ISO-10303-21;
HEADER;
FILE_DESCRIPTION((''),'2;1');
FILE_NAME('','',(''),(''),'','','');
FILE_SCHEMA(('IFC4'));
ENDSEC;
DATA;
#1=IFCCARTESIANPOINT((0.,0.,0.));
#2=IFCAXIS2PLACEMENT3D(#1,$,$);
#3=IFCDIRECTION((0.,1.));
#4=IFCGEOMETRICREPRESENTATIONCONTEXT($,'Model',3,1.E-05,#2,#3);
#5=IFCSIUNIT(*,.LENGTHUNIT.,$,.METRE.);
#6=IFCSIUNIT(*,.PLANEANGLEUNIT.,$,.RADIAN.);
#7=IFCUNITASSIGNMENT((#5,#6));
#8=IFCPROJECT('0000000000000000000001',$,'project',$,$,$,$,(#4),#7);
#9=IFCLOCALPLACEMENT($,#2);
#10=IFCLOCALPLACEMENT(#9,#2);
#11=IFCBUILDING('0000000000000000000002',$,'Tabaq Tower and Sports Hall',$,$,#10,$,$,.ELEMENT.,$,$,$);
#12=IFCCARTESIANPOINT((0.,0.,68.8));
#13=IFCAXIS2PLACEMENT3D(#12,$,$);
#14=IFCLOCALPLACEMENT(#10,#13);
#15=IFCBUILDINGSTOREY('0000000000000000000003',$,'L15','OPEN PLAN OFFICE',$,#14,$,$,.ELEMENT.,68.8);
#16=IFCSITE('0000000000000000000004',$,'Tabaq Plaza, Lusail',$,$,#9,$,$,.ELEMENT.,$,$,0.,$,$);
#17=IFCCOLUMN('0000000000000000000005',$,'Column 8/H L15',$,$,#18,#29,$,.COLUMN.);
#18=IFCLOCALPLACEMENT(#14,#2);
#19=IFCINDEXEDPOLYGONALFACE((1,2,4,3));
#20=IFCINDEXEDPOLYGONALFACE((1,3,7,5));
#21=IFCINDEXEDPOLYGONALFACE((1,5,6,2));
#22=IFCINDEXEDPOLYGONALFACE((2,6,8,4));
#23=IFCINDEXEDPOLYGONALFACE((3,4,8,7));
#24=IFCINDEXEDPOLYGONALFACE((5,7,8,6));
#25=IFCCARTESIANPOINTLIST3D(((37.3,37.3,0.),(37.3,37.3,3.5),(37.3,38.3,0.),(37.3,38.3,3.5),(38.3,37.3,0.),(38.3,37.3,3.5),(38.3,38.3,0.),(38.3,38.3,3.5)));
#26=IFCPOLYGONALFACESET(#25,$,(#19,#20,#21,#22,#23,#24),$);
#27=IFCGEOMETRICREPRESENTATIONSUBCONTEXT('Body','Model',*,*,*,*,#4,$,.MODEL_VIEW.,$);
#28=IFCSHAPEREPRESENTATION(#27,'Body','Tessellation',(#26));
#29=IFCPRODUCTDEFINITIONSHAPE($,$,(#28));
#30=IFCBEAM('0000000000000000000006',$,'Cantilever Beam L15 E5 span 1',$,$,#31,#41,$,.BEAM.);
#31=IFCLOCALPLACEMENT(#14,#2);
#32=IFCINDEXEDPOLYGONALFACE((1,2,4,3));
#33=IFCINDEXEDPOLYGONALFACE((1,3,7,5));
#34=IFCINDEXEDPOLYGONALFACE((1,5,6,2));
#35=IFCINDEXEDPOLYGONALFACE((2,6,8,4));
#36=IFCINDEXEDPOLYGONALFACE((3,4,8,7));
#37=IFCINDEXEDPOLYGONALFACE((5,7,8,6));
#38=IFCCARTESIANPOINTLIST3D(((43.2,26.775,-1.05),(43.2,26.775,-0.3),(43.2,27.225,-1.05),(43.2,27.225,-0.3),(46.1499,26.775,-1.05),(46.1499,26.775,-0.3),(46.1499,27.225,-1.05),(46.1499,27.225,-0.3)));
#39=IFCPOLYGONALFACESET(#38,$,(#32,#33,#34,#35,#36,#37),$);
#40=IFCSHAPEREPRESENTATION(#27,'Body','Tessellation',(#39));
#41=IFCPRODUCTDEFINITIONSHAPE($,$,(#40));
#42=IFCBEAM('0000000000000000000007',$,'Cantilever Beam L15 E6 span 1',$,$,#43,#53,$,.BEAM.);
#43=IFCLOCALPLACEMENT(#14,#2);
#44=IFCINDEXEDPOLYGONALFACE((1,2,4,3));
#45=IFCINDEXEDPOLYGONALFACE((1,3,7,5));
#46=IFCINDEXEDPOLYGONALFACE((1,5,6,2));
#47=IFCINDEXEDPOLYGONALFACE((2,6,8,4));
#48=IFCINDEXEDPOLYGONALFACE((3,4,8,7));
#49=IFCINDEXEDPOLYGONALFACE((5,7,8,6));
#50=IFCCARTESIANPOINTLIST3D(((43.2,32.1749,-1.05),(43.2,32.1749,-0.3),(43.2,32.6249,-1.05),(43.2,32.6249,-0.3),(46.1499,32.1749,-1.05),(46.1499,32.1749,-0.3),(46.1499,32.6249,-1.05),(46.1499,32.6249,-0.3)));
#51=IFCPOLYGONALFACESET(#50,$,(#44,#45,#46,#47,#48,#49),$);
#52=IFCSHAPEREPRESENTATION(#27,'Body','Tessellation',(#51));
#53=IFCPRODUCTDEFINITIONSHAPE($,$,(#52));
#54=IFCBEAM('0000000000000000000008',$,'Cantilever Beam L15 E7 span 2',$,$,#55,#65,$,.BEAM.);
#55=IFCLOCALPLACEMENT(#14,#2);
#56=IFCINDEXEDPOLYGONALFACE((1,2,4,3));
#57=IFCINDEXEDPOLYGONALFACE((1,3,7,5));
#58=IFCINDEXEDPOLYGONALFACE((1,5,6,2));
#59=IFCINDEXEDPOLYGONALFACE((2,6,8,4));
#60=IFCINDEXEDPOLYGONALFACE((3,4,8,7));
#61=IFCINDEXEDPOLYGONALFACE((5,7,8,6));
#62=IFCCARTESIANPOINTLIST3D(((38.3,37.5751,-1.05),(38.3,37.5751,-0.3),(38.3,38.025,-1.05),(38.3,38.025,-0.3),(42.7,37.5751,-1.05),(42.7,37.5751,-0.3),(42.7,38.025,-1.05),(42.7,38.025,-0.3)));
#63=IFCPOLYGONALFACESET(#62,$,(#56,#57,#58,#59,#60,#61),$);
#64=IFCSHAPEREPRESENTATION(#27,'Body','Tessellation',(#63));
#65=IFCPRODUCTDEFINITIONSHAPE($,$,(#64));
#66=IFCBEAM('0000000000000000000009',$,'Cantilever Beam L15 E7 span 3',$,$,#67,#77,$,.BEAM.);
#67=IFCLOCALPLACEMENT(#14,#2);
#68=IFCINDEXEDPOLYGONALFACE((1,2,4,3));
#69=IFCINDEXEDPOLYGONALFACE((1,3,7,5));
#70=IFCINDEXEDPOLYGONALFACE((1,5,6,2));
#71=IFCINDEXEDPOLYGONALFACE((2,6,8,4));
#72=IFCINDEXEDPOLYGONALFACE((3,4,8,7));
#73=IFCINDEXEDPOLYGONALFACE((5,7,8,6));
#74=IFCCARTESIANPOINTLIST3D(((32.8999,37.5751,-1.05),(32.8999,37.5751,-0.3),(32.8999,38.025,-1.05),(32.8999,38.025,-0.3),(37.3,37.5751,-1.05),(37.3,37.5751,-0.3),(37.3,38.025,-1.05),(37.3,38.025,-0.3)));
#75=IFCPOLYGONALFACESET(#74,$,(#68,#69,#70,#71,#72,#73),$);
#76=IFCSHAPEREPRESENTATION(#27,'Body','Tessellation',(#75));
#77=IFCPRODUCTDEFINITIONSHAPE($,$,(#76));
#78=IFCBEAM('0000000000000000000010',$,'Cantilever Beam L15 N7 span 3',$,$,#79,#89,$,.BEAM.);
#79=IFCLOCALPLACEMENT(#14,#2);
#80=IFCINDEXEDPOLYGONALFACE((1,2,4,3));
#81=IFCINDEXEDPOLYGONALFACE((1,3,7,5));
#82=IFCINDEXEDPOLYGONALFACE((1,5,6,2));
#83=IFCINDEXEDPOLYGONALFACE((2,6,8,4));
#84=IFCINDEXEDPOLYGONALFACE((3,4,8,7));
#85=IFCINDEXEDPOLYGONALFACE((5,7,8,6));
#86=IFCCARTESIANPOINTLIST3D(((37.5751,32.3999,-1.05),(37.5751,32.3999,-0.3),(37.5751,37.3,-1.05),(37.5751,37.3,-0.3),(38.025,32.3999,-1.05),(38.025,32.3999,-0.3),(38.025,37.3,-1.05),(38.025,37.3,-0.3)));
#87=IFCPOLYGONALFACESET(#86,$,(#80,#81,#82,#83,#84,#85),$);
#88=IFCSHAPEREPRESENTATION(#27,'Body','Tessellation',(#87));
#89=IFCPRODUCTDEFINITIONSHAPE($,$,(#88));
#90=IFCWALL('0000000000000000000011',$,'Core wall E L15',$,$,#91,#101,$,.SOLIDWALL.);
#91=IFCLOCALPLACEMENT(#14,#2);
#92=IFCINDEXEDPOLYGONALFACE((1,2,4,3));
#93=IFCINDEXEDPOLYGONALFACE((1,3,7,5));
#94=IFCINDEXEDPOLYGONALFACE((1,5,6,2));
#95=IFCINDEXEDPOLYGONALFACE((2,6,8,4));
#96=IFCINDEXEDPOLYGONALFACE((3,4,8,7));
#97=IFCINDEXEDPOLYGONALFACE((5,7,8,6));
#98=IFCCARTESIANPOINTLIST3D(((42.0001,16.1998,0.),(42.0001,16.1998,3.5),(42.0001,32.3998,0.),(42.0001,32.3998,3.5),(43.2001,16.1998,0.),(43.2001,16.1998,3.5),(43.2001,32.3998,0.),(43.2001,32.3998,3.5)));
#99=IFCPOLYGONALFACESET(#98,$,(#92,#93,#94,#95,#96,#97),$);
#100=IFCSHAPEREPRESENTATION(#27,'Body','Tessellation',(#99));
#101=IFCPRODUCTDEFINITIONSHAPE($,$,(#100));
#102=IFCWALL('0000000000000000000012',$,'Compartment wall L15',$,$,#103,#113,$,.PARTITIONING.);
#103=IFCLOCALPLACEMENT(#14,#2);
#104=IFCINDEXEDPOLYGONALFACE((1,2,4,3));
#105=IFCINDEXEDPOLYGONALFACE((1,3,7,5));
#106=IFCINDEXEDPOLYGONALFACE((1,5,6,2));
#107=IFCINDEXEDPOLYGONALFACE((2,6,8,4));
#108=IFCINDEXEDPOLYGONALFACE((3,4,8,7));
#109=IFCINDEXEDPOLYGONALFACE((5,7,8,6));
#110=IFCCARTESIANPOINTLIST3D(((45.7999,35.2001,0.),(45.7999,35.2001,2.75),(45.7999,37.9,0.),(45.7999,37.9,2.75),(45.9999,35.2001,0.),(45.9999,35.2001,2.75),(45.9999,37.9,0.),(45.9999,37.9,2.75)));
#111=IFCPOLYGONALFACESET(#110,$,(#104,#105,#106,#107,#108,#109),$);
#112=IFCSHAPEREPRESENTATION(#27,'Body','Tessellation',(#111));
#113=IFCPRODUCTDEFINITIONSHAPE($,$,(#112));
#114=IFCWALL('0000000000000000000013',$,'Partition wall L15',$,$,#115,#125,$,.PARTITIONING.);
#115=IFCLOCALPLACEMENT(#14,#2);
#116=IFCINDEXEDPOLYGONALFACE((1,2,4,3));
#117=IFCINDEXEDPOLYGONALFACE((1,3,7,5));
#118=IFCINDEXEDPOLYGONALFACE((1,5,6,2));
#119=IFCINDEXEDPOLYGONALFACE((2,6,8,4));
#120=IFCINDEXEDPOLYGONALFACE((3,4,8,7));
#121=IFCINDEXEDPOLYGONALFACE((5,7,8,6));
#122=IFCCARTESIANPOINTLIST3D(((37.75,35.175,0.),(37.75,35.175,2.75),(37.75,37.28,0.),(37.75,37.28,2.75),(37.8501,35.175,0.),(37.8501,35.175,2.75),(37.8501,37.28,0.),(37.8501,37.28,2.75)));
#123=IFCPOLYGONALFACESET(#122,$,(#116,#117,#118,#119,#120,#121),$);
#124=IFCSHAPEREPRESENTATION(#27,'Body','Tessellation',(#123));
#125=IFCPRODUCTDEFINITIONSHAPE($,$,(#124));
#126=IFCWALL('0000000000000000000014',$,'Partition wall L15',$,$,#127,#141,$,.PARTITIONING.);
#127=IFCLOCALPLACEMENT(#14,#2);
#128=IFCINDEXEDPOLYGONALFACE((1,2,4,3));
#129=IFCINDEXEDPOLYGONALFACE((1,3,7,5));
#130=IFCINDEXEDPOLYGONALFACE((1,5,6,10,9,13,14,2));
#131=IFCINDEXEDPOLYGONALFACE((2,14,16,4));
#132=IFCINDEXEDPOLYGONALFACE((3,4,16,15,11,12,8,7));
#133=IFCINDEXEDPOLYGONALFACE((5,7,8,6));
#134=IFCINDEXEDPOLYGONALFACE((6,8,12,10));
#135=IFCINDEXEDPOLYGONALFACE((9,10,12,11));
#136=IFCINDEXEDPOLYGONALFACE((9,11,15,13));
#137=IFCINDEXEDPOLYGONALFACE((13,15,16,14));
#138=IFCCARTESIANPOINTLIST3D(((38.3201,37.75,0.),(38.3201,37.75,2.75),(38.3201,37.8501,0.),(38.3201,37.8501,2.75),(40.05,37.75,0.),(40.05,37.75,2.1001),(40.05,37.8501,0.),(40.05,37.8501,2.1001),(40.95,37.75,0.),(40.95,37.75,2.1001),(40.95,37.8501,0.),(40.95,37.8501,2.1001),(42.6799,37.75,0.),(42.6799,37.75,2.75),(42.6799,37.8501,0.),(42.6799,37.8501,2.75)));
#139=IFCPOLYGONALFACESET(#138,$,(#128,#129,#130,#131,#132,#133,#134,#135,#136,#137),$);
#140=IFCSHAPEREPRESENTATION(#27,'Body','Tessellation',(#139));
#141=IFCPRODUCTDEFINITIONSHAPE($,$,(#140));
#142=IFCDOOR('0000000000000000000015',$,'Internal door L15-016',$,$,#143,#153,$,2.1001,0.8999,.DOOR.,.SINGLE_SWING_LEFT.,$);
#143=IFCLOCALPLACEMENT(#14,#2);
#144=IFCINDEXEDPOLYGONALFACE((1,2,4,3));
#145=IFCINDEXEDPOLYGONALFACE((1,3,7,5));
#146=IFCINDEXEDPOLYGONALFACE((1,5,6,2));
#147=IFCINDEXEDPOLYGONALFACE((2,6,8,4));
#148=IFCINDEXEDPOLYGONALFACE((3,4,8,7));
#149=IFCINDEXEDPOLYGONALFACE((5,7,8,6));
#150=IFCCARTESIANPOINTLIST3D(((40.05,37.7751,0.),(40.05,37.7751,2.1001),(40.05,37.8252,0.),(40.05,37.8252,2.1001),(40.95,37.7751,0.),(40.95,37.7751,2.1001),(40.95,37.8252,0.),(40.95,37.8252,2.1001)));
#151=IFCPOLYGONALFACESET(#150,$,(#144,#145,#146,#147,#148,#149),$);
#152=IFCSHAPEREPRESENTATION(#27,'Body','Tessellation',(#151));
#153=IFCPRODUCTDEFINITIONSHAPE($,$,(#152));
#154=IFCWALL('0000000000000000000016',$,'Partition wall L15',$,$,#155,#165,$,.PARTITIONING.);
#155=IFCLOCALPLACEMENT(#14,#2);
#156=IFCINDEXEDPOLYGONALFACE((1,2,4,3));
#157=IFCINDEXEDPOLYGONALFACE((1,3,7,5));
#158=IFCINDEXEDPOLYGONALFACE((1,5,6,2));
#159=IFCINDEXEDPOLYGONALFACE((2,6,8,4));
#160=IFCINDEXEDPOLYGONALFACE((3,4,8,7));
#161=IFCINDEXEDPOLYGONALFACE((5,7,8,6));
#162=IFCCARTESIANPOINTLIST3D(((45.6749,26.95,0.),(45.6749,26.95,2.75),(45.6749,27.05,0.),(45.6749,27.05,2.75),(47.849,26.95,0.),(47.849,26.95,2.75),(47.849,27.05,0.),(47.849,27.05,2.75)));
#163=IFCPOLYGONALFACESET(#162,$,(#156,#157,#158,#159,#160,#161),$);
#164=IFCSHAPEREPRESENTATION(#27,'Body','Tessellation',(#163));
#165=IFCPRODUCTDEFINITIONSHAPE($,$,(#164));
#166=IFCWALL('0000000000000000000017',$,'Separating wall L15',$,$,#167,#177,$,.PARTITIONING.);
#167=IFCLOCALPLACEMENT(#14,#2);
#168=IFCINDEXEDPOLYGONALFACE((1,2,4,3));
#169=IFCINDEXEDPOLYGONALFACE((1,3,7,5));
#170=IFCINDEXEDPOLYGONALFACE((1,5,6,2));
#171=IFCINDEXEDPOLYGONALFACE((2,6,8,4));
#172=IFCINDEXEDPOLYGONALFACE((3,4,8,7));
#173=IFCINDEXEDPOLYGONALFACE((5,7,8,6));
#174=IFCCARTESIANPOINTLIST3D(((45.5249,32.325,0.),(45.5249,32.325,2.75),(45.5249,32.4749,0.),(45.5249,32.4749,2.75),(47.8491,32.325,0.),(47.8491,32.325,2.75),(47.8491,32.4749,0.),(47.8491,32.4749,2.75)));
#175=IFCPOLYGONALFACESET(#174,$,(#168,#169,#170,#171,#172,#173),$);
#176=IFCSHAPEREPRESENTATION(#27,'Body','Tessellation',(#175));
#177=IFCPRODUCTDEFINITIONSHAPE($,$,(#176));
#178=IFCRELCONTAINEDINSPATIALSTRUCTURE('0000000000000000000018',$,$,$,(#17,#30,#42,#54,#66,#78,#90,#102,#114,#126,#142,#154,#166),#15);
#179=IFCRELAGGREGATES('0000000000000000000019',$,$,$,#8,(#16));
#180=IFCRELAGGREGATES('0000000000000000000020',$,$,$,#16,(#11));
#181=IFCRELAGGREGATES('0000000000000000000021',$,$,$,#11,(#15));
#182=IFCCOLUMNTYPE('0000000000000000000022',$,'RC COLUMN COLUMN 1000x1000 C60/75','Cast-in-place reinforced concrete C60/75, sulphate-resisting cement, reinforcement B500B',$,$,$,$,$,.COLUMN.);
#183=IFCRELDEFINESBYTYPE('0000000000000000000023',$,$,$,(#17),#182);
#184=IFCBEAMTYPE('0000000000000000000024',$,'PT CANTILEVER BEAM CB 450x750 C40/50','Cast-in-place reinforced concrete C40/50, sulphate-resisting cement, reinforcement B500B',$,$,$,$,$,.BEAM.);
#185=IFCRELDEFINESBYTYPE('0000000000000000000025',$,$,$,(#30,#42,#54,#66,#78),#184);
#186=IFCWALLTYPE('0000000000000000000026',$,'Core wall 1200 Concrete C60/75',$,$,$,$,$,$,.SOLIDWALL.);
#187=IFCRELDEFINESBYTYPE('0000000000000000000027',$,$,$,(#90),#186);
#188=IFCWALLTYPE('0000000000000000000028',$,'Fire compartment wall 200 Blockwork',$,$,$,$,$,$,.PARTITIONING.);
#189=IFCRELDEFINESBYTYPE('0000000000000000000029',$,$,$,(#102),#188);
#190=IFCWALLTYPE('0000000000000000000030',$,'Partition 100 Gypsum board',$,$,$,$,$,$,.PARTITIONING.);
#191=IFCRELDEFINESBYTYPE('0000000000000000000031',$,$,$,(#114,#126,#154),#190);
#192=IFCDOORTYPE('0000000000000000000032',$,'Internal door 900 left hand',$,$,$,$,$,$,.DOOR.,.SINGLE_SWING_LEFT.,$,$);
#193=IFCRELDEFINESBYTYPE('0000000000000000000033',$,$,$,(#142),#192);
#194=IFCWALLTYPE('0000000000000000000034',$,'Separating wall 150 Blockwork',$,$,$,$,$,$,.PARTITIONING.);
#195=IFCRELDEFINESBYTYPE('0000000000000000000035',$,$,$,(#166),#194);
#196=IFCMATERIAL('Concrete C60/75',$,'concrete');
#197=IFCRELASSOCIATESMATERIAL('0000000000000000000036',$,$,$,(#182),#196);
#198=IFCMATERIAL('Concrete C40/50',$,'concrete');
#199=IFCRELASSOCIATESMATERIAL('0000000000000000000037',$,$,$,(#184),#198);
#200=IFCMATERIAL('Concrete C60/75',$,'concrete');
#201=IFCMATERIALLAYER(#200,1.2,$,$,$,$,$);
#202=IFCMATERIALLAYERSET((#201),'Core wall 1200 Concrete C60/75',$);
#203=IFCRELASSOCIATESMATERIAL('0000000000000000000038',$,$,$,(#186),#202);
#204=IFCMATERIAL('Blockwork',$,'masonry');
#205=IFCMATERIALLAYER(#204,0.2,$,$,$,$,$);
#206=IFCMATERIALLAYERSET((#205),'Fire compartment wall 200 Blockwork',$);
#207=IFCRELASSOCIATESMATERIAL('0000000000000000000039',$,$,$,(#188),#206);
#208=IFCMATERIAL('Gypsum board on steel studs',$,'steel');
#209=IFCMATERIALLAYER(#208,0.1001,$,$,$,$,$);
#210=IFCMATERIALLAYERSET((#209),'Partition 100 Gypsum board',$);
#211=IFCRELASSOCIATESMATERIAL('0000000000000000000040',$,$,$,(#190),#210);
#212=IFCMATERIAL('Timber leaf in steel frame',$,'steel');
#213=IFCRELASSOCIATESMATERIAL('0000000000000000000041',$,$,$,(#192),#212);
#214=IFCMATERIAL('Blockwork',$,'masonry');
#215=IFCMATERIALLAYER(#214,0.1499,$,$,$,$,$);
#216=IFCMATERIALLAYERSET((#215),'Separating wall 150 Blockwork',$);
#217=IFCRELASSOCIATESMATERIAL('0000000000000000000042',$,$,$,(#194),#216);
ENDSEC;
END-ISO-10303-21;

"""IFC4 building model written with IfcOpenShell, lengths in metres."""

from ifc_helpers import new_model, si_unit, direction, frame, frame_2d, origin, origin_2d, place, context, subcontext, project, spatial, rectangle, extrude, material, layer, layer_set, material_profile, profile_set, type_object, element, fill, save


model = new_model("IFC4")

# Units and contexts
model_context = context("Model", 3, precision=1e-05, world=origin(), true_north=direction((0.0, 1.0)))
body_context = subcontext(model_context, "Body", "Model", "MODEL_VIEW")
ifc_project = project(units=[si_unit("LENGTHUNIT", "METRE"), si_unit("PLANEANGLEUNIT", "RADIAN")], contexts=[model_context])

# Site, building, storey
site_placement = place(None, origin())
site = spatial("IfcSite", under=ifc_project, at=site_placement, Name="Tabaq Plaza, Lusail", CompositionType="ELEMENT", RefElevation=0.0)
building_placement = place(site_placement, origin())
building = spatial("IfcBuilding", under=site, at=building_placement, Name="Tabaq Tower and Sports Hall", CompositionType="ELEMENT")
storey_placement = place(building_placement, frame((0.0, 0.0, 68.8)))
storey = spatial("IfcBuildingStorey", under=building, at=storey_placement, Name="L15", Description="OPEN PLAN OFFICE", CompositionType="ELEMENT", Elevation=68.8)

# Column
ifc_material_1 = material(Name="Concrete C60/75", Category="concrete")
ifc_material_profile_1 = material_profile(ifc_material_1, rectangle(XDim=1.0, YDim=1.0, at=origin_2d()), Name="COLUMN 1000x1000")
ifc_profile_set_1 = profile_set([ifc_material_profile_1], Name="Concrete C60/75")
column_type = type_object("IfcColumnType", Name="RC COLUMN COLUMN 1000x1000 C60/75", Description="Cast-in-place reinforced concrete C60/75, sulphate-resisting cement, reinforcement B500B", PredefinedType="COLUMN", material=ifc_profile_set_1)
column_placement = place(storey_placement, frame((37.8, 37.8, 0.0), z_axis=(0.0, 0.0, 1.0), x_axis=(1.0, 0.0, 0.0)))
element("IfcColumn", 1, at=column_placement, inside=storey, type_object=column_type, Name="Column 8/H L15", PredefinedType="COLUMN", context=body_context, shape_type="SweptSolid", body=[
    extrude(rectangle(XDim=1.0, YDim=1.0, at=origin_2d()), origin(), (0.0, 0.0, 1.0), 3.5),
])

# Beams
ifc_material_2 = material(Name="Concrete C40/50", Category="concrete")
ifc_material_profile_2 = material_profile(ifc_material_2, rectangle(XDim=0.45, YDim=0.75, at=origin_2d()), Name="CB 450x750")
ifc_profile_set_2 = profile_set([ifc_material_profile_2], Name="Concrete C40/50")
beam_type = type_object("IfcBeamType", Name="PT CANTILEVER BEAM CB 450x750 C40/50", Description="Cast-in-place reinforced concrete C40/50, sulphate-resisting cement, reinforcement B500B", PredefinedType="BEAM", material=ifc_profile_set_2)
for number, where, z_axis, x_axis, name in (
    (2, (46.1499, 27.0, -0.675), (-1.0, 0.0, 0.0), (0.0, -1.0, 0.0), "Cantilever Beam L15 E5 span 1"),
    (3, (46.1499, 32.3999, -0.675), (-1.0, 0.0, 0.0), (0.0, -1.0, 0.0), "Cantilever Beam L15 E6 span 1"),
):
    element("IfcBeam", number, at=place(storey_placement, frame(where, z_axis=z_axis, x_axis=x_axis)), inside=storey, type_object=beam_type, Name=name, PredefinedType="BEAM", context=body_context, shape_type="SweptSolid", body=[
        extrude(rectangle(XDim=0.45, YDim=0.75, at=origin_2d()), origin(), (0.0, 0.0, 1.0), 2.95),
    ])
beam_1_placement = place(storey_placement, frame((42.7, 37.8, -0.675), z_axis=(-1.0, 0.0, 0.0), x_axis=(0.0, -1.0, 0.0)))
element("IfcBeam", 4, at=beam_1_placement, inside=storey, type_object=beam_type, Name="Cantilever Beam L15 E7 span 2", PredefinedType="BEAM", context=body_context, shape_type="SweptSolid", body=[
    extrude(rectangle(XDim=0.45, YDim=0.75, at=origin_2d()), origin(), (0.0, 0.0, 1.0), 4.3999),
])
beam_2_placement = place(storey_placement, frame((37.3, 37.8, -0.675), z_axis=(-1.0, 0.0, 0.0), x_axis=(0.0, -1.0, 0.0)))
element("IfcBeam", 5, at=beam_2_placement, inside=storey, type_object=beam_type, Name="Cantilever Beam L15 E7 span 3", PredefinedType="BEAM", context=body_context, shape_type="SweptSolid", body=[
    extrude(rectangle(XDim=0.45, YDim=0.75, at=origin_2d()), origin(), (0.0, 0.0, 1.0), 4.4001),
])
beam_3_placement = place(storey_placement, frame((37.8, 37.3, -0.675), z_axis=(0.0, -1.0, 0.0), x_axis=(1.0, 0.0, 0.0)))
element("IfcBeam", 6, at=beam_3_placement, inside=storey, type_object=beam_type, Name="Cantilever Beam L15 N7 span 3", PredefinedType="BEAM", context=body_context, shape_type="SweptSolid", body=[
    extrude(rectangle(XDim=0.45, YDim=0.75, at=origin_2d()), origin(), (0.0, 0.0, 1.0), 4.9001),
])

# Wall
ifc_material_3 = material(Name="Concrete C60/75", Category="concrete")
ifc_layer_1 = layer(ifc_material_3, 1.2)
ifc_layer_set_1 = layer_set([ifc_layer_1], Name="Core wall 1200 Concrete C60/75")
wall_type_1 = type_object("IfcWallType", Name="Core wall 1200 Concrete C60/75", PredefinedType="SOLIDWALL", material=ifc_layer_set_1)
wall_1_placement = place(storey_placement, frame((42.6001, 32.3999, 0.0), z_axis=(0.0, 0.0, 1.0), x_axis=(0.0, -1.0, 0.0)))
element("IfcWall", 7, at=wall_1_placement, inside=storey, type_object=wall_type_1, Name="Core wall E L15", PredefinedType="SOLIDWALL", context=body_context, shape_type="SweptSolid", body=[
    extrude(rectangle(XDim=16.2, YDim=1.2, at=frame_2d((8.1001, 0.0))), origin(), (0.0, 0.0, 1.0), 3.5),
])

# Shared definitions
ifc_material_4 = material(Name="Blockwork", Category="masonry")
ifc_layer_2 = layer(ifc_material_4, 0.2)
ifc_layer_set_2 = layer_set([ifc_layer_2], Name="Fire compartment wall 200 Blockwork")
wall_type_2 = type_object("IfcWallType", Name="Fire compartment wall 200 Blockwork", PredefinedType="PARTITIONING", material=ifc_layer_set_2)

# Walls
wall_2_placement = place(storey_placement, frame((45.8999, 35.2, 0.0), z_axis=(0.0, 0.0, 1.0), x_axis=(0.0, 1.0, 0.0)))
element("IfcWall", 8, at=wall_2_placement, inside=storey, type_object=wall_type_2, Name="Compartment wall L15", PredefinedType="PARTITIONING", context=body_context, shape_type="SweptSolid", body=[
    extrude(rectangle(XDim=2.7, YDim=0.2, at=frame_2d((1.3501, 0.0))), origin(), (0.0, 0.0, 1.0), 2.75),
])
ifc_material_5 = material(Name="Gypsum board on steel studs", Category="steel")
ifc_layer_3 = layer(ifc_material_5, 0.1001)
ifc_layer_set_3 = layer_set([ifc_layer_3], Name="Partition 100 Gypsum board")
wall_type_3 = type_object("IfcWallType", Name="Partition 100 Gypsum board", PredefinedType="PARTITIONING", material=ifc_layer_set_3)
wall_3_placement = place(storey_placement, frame((37.8, 35.175, 0.0), z_axis=(0.0, 0.0, 1.0), x_axis=(0.0, 1.0, 0.0)))
element("IfcWall", 9, at=wall_3_placement, inside=storey, type_object=wall_type_3, Name="Partition wall L15", PredefinedType="PARTITIONING", context=body_context, shape_type="SweptSolid", body=[
    extrude(rectangle(XDim=2.105, YDim=0.1001, at=frame_2d((1.0525, 0.0))), origin(), (0.0, 0.0, 1.0), 2.75),
])

# Wall, opening, door
wall_4_placement = place(storey_placement, frame((42.6799, 37.8, 0.0), z_axis=(0.0, 0.0, 1.0), x_axis=(-1.0, 0.0, 0.0)))
wall_4 = element("IfcWall", 10, at=wall_4_placement, inside=storey, type_object=wall_type_3, Name="Partition wall L15", PredefinedType="PARTITIONING", context=body_context, shape_type="SweptSolid", body=[
    extrude(rectangle(XDim=4.3599, YDim=0.1001, at=frame_2d((2.1799, 0.0))), origin(), (0.0, 0.0, 1.0), 2.75),
])
opening_1_placement = place(wall_4_placement, frame((1.73, 0.0, 0.0)))
opening_1 = element("IfcOpeningElement", 11, at=opening_1_placement, cuts=wall_4, PredefinedType="OPENING", context=body_context, shape_type="SweptSolid", body=[
    extrude(rectangle(XDim=0.8999, YDim=2.1001, at=frame_2d((0.45, 1.05))), frame((0.0, 0.05, 0.0), z_axis=(0.0, -1.0, 0.0), x_axis=(1.0, 0.0, 0.0)), (0.0, 0.0, 1.0), 0.1001),
])
ifc_material_6 = material(Name="Timber leaf in steel frame", Category="steel")
door_type_1 = type_object("IfcDoorType", Name="Internal door 900 left hand", OperationType="SINGLE_SWING_LEFT", PredefinedType="DOOR", material=ifc_material_6)
door_1_placement = place(opening_1_placement, origin())
door_1 = element("IfcDoor", 12, at=door_1_placement, inside=storey, type_object=door_type_1, Name="Internal door L15-016", OperationType="SINGLE_SWING_LEFT", OverallHeight=2.1001, OverallWidth=0.8999, PredefinedType="DOOR", context=body_context, shape_type="SweptSolid", body=[
    extrude(rectangle(XDim=0.8999, YDim=2.1001, at=frame_2d((0.45, 1.05))), frame((0.0, 0.0249, 0.0), z_axis=(0.0, -1.0, 0.0), x_axis=(1.0, 0.0, 0.0)), (0.0, 0.0, 1.0), 0.05),
])
fill(opening_1, door_1)

# Walls
wall_5_placement = place(storey_placement, frame((45.675, 27.0, 0.0), z_axis=(0.0, 0.0, 1.0), x_axis=(1.0, 0.0, 0.0)))
element("IfcWall", 13, at=wall_5_placement, inside=storey, type_object=wall_type_3, Name="Partition wall L15", PredefinedType="PARTITIONING", context=body_context, shape_type="SweptSolid", body=[
    extrude(rectangle(XDim=2.1741, YDim=0.1001, at=frame_2d((1.0869, 0.0))), origin(), (0.0, 0.0, 1.0), 2.75),
])
ifc_material_7 = material(Name="Blockwork", Category="masonry")
ifc_layer_4 = layer(ifc_material_7, 0.1499)
ifc_layer_set_4 = layer_set([ifc_layer_4], Name="Separating wall 150 Blockwork")
wall_type_4 = type_object("IfcWallType", Name="Separating wall 150 Blockwork", PredefinedType="PARTITIONING", material=ifc_layer_set_4)
wall_6_placement = place(storey_placement, frame((47.8491, 32.3999, 0.0), z_axis=(0.0, 0.0, 1.0), x_axis=(-1.0, 0.0, 0.0)))
element("IfcWall", 14, at=wall_6_placement, inside=storey, type_object=wall_type_4, Name="Separating wall L15", PredefinedType="PARTITIONING", context=body_context, shape_type="SweptSolid", body=[
    extrude(rectangle(XDim=2.3242, YDim=0.1499, at=frame_2d((1.1621, 0.0))), origin(), (0.0, 0.0, 1.0), 2.75),
])

save(model, "model.ifc")
